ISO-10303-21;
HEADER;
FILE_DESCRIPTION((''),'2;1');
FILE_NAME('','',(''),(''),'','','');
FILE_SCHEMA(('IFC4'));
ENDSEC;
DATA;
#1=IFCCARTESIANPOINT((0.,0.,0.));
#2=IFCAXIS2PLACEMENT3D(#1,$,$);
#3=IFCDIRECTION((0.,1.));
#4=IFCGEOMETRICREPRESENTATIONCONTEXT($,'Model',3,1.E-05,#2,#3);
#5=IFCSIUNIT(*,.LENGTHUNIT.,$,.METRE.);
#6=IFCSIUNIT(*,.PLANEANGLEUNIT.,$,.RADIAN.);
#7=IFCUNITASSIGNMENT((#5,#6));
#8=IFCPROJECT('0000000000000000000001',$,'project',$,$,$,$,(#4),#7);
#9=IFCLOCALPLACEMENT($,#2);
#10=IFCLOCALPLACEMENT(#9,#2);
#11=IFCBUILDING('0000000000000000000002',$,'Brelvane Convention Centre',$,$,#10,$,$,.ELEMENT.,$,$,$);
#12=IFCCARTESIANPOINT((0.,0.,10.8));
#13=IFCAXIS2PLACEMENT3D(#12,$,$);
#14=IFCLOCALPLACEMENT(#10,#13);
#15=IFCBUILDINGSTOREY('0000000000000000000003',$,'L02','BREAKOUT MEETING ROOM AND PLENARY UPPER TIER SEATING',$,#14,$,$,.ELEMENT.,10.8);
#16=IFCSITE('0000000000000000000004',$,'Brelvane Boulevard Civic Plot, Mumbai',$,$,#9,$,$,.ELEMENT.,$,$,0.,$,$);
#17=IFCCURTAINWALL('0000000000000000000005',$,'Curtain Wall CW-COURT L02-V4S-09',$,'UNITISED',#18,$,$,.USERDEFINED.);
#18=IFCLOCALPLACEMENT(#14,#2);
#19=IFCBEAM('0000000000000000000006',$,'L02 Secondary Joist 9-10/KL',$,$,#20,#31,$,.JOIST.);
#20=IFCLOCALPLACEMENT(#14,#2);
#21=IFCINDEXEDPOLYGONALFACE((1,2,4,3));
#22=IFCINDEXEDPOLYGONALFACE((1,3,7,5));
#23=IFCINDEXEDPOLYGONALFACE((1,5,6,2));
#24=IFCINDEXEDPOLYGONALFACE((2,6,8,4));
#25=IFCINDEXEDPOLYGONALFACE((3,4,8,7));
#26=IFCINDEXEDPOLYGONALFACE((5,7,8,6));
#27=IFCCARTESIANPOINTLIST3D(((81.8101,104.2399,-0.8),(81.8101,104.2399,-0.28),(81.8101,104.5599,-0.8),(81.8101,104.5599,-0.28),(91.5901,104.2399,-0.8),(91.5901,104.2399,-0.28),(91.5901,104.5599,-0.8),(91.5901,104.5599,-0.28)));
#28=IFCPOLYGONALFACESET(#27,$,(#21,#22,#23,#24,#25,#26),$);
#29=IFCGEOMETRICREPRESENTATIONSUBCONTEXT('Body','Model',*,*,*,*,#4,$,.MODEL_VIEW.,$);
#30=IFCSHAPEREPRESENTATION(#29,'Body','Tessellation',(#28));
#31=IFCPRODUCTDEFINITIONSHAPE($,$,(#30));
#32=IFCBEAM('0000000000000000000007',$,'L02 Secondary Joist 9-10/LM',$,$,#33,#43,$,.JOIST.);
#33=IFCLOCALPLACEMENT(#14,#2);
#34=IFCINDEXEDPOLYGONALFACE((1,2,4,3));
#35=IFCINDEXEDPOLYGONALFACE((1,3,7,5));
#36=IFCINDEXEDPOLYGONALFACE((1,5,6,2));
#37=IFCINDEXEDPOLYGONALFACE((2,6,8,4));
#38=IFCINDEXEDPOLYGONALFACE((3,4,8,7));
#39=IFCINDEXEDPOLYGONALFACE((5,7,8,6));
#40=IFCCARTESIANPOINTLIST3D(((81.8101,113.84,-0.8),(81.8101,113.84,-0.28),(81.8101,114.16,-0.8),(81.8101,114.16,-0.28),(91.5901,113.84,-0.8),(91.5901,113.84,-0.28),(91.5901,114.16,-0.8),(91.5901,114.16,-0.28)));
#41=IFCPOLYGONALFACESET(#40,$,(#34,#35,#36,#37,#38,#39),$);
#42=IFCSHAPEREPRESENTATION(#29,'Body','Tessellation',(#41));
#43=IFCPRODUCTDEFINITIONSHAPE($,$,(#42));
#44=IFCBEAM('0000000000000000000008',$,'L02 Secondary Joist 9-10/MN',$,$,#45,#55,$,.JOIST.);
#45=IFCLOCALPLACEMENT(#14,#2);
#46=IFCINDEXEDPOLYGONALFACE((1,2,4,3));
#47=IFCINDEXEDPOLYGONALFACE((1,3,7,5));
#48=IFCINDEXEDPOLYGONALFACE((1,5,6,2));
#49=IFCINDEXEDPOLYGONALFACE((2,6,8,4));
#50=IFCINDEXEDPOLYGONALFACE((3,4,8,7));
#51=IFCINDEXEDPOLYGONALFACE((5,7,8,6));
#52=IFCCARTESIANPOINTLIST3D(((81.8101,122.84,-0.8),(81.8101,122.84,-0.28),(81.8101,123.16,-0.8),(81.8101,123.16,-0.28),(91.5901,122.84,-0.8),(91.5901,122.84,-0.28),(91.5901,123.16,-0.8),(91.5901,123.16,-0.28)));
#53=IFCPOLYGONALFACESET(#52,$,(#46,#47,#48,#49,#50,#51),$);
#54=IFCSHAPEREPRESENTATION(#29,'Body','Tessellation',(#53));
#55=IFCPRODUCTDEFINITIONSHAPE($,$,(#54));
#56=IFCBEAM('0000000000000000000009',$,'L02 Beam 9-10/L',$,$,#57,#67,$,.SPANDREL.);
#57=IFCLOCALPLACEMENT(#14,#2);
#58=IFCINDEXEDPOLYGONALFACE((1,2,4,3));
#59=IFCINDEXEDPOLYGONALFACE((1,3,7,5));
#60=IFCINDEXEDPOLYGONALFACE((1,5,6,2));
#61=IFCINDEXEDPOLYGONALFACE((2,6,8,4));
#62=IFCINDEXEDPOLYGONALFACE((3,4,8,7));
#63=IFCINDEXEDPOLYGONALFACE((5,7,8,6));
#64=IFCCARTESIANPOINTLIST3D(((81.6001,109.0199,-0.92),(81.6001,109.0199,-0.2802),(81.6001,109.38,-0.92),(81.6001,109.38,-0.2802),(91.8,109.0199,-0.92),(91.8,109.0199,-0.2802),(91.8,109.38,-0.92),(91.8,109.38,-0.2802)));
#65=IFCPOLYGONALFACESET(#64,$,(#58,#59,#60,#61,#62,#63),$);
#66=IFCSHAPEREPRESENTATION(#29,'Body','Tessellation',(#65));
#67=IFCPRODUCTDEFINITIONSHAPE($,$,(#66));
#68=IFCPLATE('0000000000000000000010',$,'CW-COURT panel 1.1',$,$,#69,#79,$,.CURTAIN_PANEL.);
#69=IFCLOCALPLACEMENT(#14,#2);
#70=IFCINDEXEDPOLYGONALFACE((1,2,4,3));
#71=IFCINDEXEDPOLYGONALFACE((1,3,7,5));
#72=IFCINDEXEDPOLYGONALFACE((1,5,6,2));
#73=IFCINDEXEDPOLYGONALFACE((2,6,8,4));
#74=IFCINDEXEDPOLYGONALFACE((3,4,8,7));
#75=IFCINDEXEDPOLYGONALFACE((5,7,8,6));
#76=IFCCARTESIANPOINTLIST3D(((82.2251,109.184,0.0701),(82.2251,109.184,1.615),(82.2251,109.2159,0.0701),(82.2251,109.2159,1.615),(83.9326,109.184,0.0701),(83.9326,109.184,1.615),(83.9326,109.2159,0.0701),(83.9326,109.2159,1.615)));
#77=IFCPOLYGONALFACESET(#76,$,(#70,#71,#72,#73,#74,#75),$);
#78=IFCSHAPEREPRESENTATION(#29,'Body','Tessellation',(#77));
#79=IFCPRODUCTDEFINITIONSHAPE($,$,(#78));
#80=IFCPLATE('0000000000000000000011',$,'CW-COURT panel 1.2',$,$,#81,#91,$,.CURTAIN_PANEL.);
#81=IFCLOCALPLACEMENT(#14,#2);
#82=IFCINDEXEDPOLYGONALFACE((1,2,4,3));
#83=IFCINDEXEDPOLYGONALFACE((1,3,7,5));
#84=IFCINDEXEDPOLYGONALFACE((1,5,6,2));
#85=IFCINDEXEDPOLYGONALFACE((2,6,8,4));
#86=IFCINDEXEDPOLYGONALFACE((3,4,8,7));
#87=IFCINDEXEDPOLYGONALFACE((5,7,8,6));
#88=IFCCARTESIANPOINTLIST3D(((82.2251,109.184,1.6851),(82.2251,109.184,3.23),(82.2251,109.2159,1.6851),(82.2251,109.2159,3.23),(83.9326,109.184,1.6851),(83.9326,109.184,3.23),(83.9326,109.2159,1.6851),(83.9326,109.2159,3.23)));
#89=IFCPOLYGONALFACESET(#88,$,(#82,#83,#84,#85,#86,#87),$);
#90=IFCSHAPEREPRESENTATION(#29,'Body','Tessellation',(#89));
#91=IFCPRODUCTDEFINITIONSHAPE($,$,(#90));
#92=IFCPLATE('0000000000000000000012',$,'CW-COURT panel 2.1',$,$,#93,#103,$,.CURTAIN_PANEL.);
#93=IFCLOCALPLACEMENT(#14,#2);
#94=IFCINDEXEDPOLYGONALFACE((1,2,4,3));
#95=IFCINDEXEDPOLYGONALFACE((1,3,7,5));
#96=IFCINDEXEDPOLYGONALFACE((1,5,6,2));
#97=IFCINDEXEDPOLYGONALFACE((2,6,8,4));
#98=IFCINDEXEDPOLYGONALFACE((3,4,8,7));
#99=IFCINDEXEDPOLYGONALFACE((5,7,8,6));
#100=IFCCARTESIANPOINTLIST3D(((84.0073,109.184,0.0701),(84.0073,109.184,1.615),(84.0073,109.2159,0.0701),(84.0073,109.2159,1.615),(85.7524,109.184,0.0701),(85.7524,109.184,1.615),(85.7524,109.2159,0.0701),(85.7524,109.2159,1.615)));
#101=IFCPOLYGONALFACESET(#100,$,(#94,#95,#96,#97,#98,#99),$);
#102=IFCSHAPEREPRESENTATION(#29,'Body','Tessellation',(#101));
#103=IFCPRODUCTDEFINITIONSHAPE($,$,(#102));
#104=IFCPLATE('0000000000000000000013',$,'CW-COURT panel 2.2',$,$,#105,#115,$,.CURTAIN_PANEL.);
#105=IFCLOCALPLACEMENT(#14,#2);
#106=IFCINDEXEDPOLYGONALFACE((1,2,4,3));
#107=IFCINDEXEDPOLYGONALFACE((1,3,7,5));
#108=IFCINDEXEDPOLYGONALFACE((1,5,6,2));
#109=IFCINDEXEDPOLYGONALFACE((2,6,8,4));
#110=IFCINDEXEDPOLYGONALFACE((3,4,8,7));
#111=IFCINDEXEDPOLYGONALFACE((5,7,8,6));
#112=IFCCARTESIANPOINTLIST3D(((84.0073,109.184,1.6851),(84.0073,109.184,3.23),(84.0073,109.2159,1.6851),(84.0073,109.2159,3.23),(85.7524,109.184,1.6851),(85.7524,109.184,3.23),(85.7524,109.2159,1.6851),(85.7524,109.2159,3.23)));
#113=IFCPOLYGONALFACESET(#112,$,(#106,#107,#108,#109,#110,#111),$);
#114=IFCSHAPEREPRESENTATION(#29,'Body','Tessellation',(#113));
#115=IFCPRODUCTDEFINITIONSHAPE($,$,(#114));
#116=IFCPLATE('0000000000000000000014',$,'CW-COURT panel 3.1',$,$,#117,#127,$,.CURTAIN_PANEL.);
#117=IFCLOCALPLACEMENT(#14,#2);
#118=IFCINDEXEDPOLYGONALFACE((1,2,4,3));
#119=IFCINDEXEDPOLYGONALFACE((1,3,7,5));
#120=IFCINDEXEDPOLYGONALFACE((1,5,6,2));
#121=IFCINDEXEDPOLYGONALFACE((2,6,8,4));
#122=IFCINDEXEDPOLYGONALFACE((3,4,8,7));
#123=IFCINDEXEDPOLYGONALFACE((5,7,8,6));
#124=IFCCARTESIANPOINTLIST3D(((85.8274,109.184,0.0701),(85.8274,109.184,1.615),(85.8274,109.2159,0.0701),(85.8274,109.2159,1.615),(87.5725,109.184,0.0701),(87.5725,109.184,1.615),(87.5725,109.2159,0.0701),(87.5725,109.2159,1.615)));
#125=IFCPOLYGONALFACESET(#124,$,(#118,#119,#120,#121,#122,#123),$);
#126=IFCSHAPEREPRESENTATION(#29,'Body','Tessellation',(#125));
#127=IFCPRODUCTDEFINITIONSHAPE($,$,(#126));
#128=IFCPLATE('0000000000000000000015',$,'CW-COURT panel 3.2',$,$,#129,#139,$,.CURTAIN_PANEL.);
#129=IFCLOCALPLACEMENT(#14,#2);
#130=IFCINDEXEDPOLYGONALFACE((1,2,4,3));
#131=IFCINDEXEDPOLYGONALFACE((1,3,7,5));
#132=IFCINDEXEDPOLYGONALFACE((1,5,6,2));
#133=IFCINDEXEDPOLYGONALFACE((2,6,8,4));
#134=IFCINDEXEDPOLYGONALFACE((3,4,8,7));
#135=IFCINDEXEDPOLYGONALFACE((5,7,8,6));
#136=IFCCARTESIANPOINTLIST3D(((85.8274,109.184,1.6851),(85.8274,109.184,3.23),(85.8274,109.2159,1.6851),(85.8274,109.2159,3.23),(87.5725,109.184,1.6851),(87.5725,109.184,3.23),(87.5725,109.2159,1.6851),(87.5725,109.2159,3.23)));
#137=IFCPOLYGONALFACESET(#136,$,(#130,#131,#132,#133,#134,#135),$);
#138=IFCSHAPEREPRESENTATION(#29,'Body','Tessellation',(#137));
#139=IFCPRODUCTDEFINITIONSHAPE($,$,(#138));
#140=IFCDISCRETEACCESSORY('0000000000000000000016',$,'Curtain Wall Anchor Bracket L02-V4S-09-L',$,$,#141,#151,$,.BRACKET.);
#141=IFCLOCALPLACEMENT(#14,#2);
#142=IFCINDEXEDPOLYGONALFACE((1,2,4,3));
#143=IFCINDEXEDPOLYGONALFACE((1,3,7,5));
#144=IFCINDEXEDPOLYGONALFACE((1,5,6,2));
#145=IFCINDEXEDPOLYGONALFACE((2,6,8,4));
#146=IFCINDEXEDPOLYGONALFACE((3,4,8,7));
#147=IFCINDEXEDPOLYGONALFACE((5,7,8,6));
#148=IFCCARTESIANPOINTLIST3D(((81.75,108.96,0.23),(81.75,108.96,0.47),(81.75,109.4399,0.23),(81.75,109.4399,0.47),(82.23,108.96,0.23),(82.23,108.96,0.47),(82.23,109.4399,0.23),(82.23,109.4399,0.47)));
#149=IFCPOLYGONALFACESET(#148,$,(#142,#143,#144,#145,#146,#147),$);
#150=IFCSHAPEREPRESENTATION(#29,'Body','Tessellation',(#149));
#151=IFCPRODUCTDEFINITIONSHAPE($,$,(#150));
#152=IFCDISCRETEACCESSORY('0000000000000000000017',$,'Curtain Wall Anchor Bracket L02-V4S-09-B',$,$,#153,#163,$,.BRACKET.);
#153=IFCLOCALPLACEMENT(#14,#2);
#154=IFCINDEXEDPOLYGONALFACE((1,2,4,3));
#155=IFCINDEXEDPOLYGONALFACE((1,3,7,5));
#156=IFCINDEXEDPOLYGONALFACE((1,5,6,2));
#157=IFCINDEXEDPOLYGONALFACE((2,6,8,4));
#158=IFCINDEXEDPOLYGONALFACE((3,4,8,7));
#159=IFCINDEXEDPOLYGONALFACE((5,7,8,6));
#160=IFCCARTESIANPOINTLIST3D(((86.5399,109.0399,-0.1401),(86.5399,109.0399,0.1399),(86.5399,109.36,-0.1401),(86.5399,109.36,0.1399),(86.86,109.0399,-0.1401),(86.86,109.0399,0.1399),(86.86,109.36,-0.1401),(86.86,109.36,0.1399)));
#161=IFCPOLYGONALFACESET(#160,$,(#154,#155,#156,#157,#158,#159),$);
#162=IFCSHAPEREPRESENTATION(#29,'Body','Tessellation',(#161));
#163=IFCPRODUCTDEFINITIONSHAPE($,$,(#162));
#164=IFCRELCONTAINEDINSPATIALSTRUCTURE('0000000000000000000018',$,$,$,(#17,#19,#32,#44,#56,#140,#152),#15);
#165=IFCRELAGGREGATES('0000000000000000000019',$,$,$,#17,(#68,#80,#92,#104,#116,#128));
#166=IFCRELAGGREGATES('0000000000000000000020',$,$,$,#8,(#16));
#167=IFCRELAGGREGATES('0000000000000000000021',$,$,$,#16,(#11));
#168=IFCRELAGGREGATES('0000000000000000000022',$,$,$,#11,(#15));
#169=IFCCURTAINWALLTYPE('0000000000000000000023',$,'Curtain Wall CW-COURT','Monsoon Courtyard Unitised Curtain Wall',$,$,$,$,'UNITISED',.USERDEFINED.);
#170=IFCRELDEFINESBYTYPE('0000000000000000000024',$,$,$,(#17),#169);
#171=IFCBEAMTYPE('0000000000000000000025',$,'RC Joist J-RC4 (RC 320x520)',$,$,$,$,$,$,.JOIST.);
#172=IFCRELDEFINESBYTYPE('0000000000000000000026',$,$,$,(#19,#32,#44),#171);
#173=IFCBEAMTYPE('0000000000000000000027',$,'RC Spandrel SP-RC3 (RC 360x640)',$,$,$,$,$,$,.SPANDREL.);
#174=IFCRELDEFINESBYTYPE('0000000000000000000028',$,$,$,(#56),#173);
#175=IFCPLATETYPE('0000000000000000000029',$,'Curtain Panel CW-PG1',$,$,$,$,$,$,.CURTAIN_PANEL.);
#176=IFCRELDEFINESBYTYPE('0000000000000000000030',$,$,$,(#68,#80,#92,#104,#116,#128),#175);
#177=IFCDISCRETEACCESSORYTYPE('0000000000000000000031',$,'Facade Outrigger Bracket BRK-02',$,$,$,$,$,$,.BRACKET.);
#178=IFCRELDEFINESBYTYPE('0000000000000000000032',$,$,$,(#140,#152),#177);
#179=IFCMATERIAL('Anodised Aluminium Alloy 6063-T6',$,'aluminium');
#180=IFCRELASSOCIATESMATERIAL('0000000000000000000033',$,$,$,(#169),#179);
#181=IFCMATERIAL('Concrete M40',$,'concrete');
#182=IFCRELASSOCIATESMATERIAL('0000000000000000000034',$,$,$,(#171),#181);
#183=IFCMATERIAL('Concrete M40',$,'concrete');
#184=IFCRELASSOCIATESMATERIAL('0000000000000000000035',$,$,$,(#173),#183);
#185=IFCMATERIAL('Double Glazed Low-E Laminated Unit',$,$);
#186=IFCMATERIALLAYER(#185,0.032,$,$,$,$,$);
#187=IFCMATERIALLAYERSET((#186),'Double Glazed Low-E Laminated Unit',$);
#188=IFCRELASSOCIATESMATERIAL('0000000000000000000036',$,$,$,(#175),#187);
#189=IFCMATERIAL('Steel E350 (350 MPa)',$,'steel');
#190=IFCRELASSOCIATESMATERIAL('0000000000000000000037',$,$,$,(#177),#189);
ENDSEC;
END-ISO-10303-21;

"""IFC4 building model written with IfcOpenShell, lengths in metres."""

from ifc_helpers import new_model, si_unit, direction, frame, origin, origin_2d, place, context, subcontext, project, spatial, rectangle, extrude, material, layer, layer_set, material_profile, profile_set, type_object, element, aggregate, save


model = new_model("IFC4")

# Units and contexts
model_context = context("Model", 3, precision=1e-05, world=origin(), true_north=direction((0.0, 1.0)))
body_context = subcontext(model_context, "Body", "Model", "MODEL_VIEW")
ifc_project = project(units=[si_unit("LENGTHUNIT", "METRE"), si_unit("PLANEANGLEUNIT", "RADIAN")], contexts=[model_context])

# Site, building, storey
site_placement = place(None, origin())
site = spatial("IfcSite", under=ifc_project, at=site_placement, Name="Brelvane Boulevard Civic Plot, Mumbai", CompositionType="ELEMENT", RefElevation=0.0)
building_placement = place(site_placement, origin())
building = spatial("IfcBuilding", under=site, at=building_placement, Name="Brelvane Convention Centre", CompositionType="ELEMENT")
storey_placement = place(building_placement, frame((0.0, 0.0, 10.8)))
storey = spatial("IfcBuildingStorey", under=building, at=storey_placement, Name="L02", Description="BREAKOUT MEETING ROOM AND PLENARY UPPER TIER SEATING", CompositionType="ELEMENT", Elevation=10.8)

# Curtain wall
ifc_material_1 = material(Name="Anodised Aluminium Alloy 6063-T6", Category="aluminium")
curtain_wall_type = type_object("IfcCurtainWallType", Name="Curtain Wall CW-COURT", Description="Monsoon Courtyard Unitised Curtain Wall", ElementType="UNITISED", PredefinedType="USERDEFINED", material=ifc_material_1)
curtain_wall_placement = place(storey_placement, origin())
curtain_wall = element("IfcCurtainWall", 1, at=curtain_wall_placement, inside=storey, type_object=curtain_wall_type, Name="Curtain Wall CW-COURT L02-V4S-09", ObjectType="UNITISED", PredefinedType="USERDEFINED")

# Beams
ifc_material_2 = material(Name="Concrete M40", Category="concrete")
ifc_material_profile_1 = material_profile(ifc_material_2, rectangle(XDim=0.3201, YDim=0.52, at=origin_2d()), Name="RC 320x520")
ifc_profile_set_1 = profile_set([ifc_material_profile_1], Name="Concrete M40")
beam_type_1 = type_object("IfcBeamType", Name="RC Joist J-RC4 (RC 320x520)", PredefinedType="JOIST", material=ifc_profile_set_1)
for number, where, z_axis, x_axis, name in (
    (2, (81.8101, 104.3999, -0.54), (1.0, 0.0, 0.0), (0.0, 1.0, 0.0), "L02 Secondary Joist 9-10/KL"),
    (3, (81.8101, 114.0, -0.54), (1.0, 0.0, 0.0), (0.0, 1.0, 0.0), "L02 Secondary Joist 9-10/LM"),
    (4, (81.8101, 123.0, -0.54), (1.0, 0.0, 0.0), (0.0, 1.0, 0.0), "L02 Secondary Joist 9-10/MN"),
):
    element("IfcBeam", number, at=place(storey_placement, frame(where, z_axis=z_axis, x_axis=x_axis)), inside=storey, type_object=beam_type_1, Name=name, PredefinedType="JOIST", context=body_context, shape_type="SweptSolid", body=[
        extrude(rectangle(XDim=0.3201, YDim=0.52, at=origin_2d()), origin(), (0.0, 0.0, 1.0), 9.78),
    ])
ifc_material_3 = material(Name="Concrete M40", Category="concrete")
ifc_material_profile_2 = material_profile(ifc_material_3, rectangle(XDim=0.3601, YDim=0.6399, at=origin_2d()), Name="RC 360x640")
ifc_profile_set_2 = profile_set([ifc_material_profile_2], Name="Concrete M40")
beam_type_2 = type_object("IfcBeamType", Name="RC Spandrel SP-RC3 (RC 360x640)", PredefinedType="SPANDREL", material=ifc_profile_set_2)
beam_1_placement = place(storey_placement, frame((81.6001, 109.2, -0.6001), z_axis=(1.0, 0.0, 0.0), x_axis=(0.0, 1.0, 0.0)))
element("IfcBeam", 5, at=beam_1_placement, inside=storey, type_object=beam_type_2, Name="L02 Beam 9-10/L", PredefinedType="SPANDREL", context=body_context, shape_type="SweptSolid", body=[
    extrude(rectangle(XDim=0.3601, YDim=0.6399, at=origin_2d()), origin(), (0.0, 0.0, 1.0), 10.2),
])

# Plates
ifc_material_4 = material(Name="Double Glazed Low-E Laminated Unit")
ifc_layer = layer(ifc_material_4, 0.032)
ifc_layer_set = layer_set([ifc_layer], Name="Double Glazed Low-E Laminated Unit")
plate_type = type_object("IfcPlateType", Name="Curtain Panel CW-PG1", PredefinedType="CURTAIN_PANEL", material=ifc_layer_set)
plate_1_placement = place(storey_placement, frame((83.0789, 109.2, 0.0701), z_axis=(0.0, 0.0, 1.0), x_axis=(1.0, 0.0, 0.0)))
plate_1 = element("IfcPlate", 6, at=plate_1_placement, type_object=plate_type, Name="CW-COURT panel 1.1", PredefinedType="CURTAIN_PANEL", context=body_context, shape_type="SweptSolid", body=[
    extrude(rectangle(XDim=1.7075, YDim=0.032, at=origin_2d()), origin(), (0.0, 0.0, 1.0), 1.5449),
])
plate_2_placement = place(storey_placement, frame((83.0789, 109.2, 1.6851), z_axis=(0.0, 0.0, 1.0), x_axis=(1.0, 0.0, 0.0)))
plate_2 = element("IfcPlate", 7, at=plate_2_placement, type_object=plate_type, Name="CW-COURT panel 1.2", PredefinedType="CURTAIN_PANEL", context=body_context, shape_type="SweptSolid", body=[
    extrude(rectangle(XDim=1.7075, YDim=0.032, at=origin_2d()), origin(), (0.0, 0.0, 1.0), 1.5449),
])
plate_3_placement = place(storey_placement, frame((84.8799, 109.2, 0.0701), z_axis=(0.0, 0.0, 1.0), x_axis=(1.0, 0.0, 0.0)))
plate_3 = element("IfcPlate", 8, at=plate_3_placement, type_object=plate_type, Name="CW-COURT panel 2.1", PredefinedType="CURTAIN_PANEL", context=body_context, shape_type="SweptSolid", body=[
    extrude(rectangle(XDim=1.7451, YDim=0.032, at=origin_2d()), origin(), (0.0, 0.0, 1.0), 1.5449),
])
plate_4_placement = place(storey_placement, frame((84.8799, 109.2, 1.6851), z_axis=(0.0, 0.0, 1.0), x_axis=(1.0, 0.0, 0.0)))
plate_4 = element("IfcPlate", 9, at=plate_4_placement, type_object=plate_type, Name="CW-COURT panel 2.2", PredefinedType="CURTAIN_PANEL", context=body_context, shape_type="SweptSolid", body=[
    extrude(rectangle(XDim=1.7451, YDim=0.032, at=origin_2d()), origin(), (0.0, 0.0, 1.0), 1.5449),
])
plate_5_placement = place(storey_placement, frame((86.7, 109.2, 0.0701), z_axis=(0.0, 0.0, 1.0), x_axis=(1.0, 0.0, 0.0)))
plate_5 = element("IfcPlate", 10, at=plate_5_placement, type_object=plate_type, Name="CW-COURT panel 3.1", PredefinedType="CURTAIN_PANEL", context=body_context, shape_type="SweptSolid", body=[
    extrude(rectangle(XDim=1.7451, YDim=0.032, at=origin_2d()), origin(), (0.0, 0.0, 1.0), 1.5449),
])
plate_6_placement = place(storey_placement, frame((86.7, 109.2, 1.6851), z_axis=(0.0, 0.0, 1.0), x_axis=(1.0, 0.0, 0.0)))
plate_6 = element("IfcPlate", 11, at=plate_6_placement, type_object=plate_type, Name="CW-COURT panel 3.2", PredefinedType="CURTAIN_PANEL", context=body_context, shape_type="SweptSolid", body=[
    extrude(rectangle(XDim=1.7451, YDim=0.032, at=origin_2d()), origin(), (0.0, 0.0, 1.0), 1.5449),
])
aggregate(curtain_wall, [plate_1, plate_2, plate_3, plate_4, plate_5, plate_6])

# Discrete accessories
ifc_material_5 = material(Name="Steel E350 (350 MPa)", Category="steel")
discrete_accessory_type = type_object("IfcDiscreteAccessoryType", Name="Facade Outrigger Bracket BRK-02", PredefinedType="BRACKET", material=ifc_material_5)
discrete_accessory_1_placement = place(storey_placement, frame((81.99, 109.2, 0.23), z_axis=(0.0, 0.0, 1.0), x_axis=(1.0, 0.0, 0.0)))
element("IfcDiscreteAccessory", 12, at=discrete_accessory_1_placement, inside=storey, type_object=discrete_accessory_type, Name="Curtain Wall Anchor Bracket L02-V4S-09-L", PredefinedType="BRACKET", context=body_context, shape_type="SweptSolid", body=[
    extrude(rectangle(XDim=0.48, YDim=0.48, at=origin_2d()), origin(), (0.0, 0.0, 1.0), 0.24),
])
discrete_accessory_2_placement = place(storey_placement, frame((86.7, 109.2, -0.1401), z_axis=(0.0, 0.0, 1.0), x_axis=(1.0, 0.0, 0.0)))
element("IfcDiscreteAccessory", 13, at=discrete_accessory_2_placement, inside=storey, type_object=discrete_accessory_type, Name="Curtain Wall Anchor Bracket L02-V4S-09-B", PredefinedType="BRACKET", context=body_context, shape_type="SweptSolid", body=[
    extrude(rectangle(XDim=0.3201, YDim=0.3201, at=origin_2d()), origin(), (0.0, 0.0, 1.0), 0.28),
])

save(model, "model.ifc")
